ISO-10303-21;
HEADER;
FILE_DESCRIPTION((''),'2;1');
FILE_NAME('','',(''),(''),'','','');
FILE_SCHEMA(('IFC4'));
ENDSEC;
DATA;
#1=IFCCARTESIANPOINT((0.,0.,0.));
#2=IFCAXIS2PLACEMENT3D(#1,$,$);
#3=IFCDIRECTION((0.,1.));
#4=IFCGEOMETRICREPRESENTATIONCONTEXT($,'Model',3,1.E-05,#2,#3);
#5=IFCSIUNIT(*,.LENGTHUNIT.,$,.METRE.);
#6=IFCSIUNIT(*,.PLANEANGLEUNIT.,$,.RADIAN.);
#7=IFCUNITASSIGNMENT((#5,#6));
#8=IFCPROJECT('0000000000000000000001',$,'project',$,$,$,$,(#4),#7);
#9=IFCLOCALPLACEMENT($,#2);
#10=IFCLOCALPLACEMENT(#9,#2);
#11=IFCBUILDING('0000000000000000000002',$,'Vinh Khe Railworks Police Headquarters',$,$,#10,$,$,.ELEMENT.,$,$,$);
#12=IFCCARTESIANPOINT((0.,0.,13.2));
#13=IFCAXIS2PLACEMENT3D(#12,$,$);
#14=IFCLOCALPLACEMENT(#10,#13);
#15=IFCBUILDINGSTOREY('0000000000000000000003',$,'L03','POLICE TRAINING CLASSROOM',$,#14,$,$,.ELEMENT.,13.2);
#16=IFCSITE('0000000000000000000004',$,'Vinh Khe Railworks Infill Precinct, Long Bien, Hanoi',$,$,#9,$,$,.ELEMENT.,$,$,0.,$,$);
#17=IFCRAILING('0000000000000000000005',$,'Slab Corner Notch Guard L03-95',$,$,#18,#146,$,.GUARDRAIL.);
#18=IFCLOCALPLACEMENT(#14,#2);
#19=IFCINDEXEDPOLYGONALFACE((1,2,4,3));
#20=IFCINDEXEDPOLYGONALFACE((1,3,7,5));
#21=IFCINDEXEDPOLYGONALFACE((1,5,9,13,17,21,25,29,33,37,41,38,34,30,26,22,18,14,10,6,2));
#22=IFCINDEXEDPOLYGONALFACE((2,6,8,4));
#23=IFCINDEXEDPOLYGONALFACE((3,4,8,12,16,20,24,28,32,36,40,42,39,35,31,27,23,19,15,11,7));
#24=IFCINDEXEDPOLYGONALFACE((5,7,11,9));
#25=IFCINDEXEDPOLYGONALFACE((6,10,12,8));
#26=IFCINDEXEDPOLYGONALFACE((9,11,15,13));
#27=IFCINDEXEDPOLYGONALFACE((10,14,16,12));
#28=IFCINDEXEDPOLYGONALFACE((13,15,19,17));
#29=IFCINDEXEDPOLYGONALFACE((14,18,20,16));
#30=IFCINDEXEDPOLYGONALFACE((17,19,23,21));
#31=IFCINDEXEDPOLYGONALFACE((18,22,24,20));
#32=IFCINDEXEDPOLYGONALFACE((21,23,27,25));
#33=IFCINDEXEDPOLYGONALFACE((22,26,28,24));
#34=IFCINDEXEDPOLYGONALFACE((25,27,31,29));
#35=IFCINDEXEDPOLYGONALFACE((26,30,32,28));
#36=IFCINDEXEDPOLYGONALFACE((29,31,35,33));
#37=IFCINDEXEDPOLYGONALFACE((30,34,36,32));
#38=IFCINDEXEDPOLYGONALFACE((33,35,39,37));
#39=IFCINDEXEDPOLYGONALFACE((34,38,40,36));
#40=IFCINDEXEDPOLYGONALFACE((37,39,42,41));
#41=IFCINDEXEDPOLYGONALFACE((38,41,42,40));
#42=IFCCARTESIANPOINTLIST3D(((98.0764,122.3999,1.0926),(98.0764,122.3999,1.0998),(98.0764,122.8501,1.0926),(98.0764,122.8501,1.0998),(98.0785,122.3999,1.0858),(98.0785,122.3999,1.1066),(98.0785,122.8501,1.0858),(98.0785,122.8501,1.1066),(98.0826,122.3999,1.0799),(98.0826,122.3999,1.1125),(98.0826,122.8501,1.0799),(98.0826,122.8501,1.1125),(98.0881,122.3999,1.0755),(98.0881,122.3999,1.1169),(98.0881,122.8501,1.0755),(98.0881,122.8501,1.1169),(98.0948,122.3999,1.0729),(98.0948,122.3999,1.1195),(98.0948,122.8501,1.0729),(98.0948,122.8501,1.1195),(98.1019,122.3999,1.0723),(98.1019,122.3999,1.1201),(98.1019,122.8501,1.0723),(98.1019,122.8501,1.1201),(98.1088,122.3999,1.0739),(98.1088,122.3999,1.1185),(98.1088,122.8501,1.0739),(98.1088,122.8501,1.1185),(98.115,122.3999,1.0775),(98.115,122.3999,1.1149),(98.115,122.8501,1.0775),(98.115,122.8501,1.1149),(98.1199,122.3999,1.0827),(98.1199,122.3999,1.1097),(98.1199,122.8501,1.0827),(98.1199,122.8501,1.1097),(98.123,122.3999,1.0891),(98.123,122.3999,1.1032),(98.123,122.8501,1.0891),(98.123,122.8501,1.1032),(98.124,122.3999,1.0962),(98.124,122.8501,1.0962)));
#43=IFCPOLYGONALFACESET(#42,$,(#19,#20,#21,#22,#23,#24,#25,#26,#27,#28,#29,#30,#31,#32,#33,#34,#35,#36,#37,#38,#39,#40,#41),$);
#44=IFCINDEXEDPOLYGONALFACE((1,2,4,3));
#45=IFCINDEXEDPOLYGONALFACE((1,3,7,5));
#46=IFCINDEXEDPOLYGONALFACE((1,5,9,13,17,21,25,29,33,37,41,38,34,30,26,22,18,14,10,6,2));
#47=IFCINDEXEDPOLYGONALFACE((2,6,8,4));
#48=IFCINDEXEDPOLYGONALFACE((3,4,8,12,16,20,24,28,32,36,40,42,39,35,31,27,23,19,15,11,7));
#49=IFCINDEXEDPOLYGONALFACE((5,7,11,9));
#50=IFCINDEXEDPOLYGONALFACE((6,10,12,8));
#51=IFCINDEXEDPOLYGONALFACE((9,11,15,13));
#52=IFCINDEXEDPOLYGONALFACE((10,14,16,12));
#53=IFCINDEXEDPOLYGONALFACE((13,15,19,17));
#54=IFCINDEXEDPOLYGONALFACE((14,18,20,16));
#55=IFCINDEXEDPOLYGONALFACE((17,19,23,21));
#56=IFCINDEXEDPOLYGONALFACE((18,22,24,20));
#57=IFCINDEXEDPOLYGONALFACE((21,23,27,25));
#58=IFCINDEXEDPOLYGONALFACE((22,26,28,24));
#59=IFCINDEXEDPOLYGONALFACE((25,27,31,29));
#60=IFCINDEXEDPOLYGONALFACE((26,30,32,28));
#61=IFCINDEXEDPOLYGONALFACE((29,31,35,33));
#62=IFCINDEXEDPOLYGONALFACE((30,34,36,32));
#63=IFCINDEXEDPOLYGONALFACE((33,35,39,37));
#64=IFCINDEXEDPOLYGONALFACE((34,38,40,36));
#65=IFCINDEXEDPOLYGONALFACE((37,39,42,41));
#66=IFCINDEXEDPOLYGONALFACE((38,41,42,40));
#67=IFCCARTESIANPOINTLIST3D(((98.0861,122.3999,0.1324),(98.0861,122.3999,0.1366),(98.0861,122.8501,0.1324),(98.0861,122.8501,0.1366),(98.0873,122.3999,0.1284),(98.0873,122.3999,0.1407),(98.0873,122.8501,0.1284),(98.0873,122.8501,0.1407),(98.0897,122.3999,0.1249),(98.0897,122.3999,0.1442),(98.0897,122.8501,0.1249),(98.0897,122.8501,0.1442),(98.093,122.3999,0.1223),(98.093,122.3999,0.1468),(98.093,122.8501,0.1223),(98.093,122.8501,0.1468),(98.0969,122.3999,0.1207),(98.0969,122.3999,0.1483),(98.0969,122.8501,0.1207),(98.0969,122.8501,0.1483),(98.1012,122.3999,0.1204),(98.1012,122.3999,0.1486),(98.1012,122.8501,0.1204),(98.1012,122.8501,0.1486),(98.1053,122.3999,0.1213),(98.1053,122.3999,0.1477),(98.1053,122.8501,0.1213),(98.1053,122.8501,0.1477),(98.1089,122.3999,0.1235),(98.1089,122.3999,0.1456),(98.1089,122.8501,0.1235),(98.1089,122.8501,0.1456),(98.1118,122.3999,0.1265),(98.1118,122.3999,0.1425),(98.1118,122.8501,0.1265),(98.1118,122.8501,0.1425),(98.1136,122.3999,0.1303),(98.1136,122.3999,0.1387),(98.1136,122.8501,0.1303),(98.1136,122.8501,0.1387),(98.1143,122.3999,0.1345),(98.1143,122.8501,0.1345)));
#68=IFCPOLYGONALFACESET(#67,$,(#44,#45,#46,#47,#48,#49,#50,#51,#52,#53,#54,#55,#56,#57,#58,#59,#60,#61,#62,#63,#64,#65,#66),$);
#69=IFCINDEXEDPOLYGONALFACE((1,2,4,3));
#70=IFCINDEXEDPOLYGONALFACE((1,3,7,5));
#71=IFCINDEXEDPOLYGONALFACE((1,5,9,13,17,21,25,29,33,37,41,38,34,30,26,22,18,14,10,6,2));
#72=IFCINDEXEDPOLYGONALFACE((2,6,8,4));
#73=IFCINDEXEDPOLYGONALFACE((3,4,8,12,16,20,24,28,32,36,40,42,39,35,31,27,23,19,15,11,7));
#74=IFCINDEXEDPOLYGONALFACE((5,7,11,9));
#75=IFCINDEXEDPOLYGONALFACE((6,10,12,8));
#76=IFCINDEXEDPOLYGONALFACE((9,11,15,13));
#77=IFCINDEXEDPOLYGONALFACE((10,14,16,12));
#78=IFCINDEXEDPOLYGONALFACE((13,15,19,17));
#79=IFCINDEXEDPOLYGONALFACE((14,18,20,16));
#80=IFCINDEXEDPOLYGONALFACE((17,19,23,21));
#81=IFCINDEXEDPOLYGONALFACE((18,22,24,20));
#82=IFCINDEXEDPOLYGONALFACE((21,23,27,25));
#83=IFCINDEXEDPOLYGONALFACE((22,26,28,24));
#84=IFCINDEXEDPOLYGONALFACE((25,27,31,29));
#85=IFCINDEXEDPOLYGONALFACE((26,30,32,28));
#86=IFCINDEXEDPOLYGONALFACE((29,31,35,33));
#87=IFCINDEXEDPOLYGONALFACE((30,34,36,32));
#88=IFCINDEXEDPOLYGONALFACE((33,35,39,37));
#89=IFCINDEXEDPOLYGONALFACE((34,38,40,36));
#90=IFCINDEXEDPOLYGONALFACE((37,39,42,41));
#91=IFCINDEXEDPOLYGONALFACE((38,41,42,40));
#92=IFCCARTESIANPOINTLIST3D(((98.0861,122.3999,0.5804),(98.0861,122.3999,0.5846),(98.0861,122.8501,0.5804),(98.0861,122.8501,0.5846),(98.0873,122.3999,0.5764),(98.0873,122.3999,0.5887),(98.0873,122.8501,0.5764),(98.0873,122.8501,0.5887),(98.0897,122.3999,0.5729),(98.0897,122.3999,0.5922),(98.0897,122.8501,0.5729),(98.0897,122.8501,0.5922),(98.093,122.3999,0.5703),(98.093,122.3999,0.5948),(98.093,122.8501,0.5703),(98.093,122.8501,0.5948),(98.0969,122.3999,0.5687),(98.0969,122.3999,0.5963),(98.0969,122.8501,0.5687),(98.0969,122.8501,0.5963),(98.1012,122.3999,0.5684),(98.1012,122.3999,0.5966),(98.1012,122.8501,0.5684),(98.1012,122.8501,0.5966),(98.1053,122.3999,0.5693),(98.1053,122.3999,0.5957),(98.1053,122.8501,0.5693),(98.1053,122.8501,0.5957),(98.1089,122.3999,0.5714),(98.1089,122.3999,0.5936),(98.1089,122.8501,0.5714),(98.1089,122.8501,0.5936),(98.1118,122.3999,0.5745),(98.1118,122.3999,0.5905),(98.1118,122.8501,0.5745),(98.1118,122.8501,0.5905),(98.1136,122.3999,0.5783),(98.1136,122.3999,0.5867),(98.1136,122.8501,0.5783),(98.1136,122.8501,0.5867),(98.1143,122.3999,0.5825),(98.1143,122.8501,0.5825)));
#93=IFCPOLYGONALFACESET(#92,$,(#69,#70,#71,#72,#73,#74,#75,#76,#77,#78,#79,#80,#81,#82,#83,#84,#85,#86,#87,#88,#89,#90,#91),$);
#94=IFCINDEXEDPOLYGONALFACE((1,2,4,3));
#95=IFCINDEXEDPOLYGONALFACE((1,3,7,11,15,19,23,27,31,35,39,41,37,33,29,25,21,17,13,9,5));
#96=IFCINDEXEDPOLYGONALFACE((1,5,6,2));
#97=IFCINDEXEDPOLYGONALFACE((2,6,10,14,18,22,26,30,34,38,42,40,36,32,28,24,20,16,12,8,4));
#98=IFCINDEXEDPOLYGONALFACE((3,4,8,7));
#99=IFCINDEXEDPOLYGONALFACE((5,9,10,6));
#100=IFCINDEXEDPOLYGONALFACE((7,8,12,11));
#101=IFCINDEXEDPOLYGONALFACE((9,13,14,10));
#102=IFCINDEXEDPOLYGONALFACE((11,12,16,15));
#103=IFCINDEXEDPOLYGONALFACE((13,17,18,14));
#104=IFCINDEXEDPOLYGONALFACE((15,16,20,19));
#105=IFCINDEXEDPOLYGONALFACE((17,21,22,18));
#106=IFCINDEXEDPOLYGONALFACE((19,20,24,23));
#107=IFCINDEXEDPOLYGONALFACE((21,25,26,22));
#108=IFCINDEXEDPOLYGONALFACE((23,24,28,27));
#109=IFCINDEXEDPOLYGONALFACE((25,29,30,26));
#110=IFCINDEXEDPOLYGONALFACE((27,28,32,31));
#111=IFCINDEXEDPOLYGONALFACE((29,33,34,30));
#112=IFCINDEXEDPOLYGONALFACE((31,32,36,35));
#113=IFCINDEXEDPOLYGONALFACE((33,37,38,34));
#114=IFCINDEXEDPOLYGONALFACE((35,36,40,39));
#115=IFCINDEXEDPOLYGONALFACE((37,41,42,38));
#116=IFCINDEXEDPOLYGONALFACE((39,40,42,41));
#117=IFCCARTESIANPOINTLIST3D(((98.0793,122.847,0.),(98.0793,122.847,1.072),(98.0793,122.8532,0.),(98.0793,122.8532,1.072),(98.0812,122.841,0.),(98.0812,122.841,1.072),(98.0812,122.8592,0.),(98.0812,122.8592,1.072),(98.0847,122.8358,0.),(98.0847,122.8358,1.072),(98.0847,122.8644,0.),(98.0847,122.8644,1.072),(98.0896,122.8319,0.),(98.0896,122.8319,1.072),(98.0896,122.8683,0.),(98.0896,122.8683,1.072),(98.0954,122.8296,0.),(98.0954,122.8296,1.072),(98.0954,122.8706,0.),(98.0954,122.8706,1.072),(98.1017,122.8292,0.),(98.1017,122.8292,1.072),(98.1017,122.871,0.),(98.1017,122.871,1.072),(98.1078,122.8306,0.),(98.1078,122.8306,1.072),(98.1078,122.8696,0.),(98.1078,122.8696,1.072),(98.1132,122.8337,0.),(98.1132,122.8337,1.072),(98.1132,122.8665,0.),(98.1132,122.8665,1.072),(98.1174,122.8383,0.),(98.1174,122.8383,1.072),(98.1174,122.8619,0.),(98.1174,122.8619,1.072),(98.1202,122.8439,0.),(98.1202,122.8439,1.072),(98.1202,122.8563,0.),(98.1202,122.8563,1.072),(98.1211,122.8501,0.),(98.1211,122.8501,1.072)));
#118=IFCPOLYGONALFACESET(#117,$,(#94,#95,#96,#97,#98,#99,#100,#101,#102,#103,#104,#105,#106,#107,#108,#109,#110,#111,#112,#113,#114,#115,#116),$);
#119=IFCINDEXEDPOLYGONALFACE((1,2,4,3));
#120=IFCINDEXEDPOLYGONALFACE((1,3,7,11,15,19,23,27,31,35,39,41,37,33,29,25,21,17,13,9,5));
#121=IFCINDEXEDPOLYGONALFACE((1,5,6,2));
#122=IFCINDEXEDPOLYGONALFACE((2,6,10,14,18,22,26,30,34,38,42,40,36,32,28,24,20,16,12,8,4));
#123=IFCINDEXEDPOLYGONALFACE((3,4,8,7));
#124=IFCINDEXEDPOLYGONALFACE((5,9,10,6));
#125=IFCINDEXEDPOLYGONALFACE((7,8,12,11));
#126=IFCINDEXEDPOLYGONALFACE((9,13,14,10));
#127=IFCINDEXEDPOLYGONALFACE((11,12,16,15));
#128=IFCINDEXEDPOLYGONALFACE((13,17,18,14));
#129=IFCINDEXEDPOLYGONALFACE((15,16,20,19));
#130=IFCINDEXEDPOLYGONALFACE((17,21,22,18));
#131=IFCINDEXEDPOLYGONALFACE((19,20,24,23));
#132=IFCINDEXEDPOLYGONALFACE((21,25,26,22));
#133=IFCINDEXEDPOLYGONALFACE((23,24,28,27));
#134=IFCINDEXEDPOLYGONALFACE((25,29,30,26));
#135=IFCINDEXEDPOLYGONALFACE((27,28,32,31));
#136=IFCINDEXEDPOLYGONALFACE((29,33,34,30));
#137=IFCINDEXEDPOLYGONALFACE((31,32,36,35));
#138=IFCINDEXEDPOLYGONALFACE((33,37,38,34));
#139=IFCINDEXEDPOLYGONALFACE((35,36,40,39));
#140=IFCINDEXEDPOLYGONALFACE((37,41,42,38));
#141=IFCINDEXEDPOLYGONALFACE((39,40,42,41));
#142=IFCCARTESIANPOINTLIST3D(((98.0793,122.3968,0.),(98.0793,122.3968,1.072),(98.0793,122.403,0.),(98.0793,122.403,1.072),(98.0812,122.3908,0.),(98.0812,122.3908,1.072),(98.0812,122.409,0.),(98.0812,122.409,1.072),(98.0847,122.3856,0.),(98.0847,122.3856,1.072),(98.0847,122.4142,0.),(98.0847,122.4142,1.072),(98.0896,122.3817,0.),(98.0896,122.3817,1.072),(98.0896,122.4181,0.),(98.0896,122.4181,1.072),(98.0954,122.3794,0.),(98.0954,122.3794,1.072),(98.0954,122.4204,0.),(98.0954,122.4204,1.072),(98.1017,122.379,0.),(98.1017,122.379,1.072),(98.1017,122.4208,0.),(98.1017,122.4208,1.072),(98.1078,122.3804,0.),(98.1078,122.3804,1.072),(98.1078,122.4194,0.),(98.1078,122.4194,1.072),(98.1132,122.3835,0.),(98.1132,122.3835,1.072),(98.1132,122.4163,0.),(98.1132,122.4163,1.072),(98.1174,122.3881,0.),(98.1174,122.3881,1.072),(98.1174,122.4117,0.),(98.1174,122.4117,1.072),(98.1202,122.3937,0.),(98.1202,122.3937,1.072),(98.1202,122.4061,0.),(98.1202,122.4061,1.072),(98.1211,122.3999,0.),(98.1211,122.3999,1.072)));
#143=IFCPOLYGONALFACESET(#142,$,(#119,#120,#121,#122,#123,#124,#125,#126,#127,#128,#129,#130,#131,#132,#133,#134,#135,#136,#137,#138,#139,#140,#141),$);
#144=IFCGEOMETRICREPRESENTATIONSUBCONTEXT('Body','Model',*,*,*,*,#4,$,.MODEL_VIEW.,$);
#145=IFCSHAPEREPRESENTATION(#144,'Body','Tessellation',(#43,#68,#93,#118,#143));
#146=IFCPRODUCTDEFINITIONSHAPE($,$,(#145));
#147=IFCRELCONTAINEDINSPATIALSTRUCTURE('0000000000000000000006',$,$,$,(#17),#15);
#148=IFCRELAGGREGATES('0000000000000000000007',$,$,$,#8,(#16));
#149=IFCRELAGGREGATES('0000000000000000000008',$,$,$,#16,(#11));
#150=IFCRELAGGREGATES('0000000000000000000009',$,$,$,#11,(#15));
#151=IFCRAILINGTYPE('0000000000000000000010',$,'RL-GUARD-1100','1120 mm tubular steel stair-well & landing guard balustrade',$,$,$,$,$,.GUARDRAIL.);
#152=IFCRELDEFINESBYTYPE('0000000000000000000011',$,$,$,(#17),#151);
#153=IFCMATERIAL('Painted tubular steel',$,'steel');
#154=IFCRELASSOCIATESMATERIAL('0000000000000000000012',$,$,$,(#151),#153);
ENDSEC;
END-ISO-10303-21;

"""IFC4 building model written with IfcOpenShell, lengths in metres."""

from ifc_helpers import new_model, si_unit, direction, frame, origin, origin_2d, place, context, subcontext, project, spatial, circle, extrude, material, type_object, element, save


model = new_model("IFC4")

# Units and contexts
model_context = context("Model", 3, precision=1e-05, world=origin(), true_north=direction((0.0, 1.0)))
body_context = subcontext(model_context, "Body", "Model", "MODEL_VIEW")
ifc_project = project(units=[si_unit("LENGTHUNIT", "METRE"), si_unit("PLANEANGLEUNIT", "RADIAN")], contexts=[model_context])

# Site, building, storey
site_placement = place(None, origin())
site = spatial("IfcSite", under=ifc_project, at=site_placement, Name="Vinh Khe Railworks Infill Precinct, Long Bien, Hanoi", CompositionType="ELEMENT", RefElevation=0.0)
building_placement = place(site_placement, origin())
building = spatial("IfcBuilding", under=site, at=building_placement, Name="Vinh Khe Railworks Police Headquarters", CompositionType="ELEMENT")
storey_placement = place(building_placement, frame((0.0, 0.0, 13.2)))
storey = spatial("IfcBuildingStorey", under=building, at=storey_placement, Name="L03", Description="POLICE TRAINING CLASSROOM", CompositionType="ELEMENT", Elevation=13.2)

# Railing
ifc_material_1 = material(Name="Painted tubular steel", Category="steel")
railing_type = type_object("IfcRailingType", Name="RL-GUARD-1100", Description="1120 mm tubular steel stair-well & landing guard balustrade", PredefinedType="GUARDRAIL", material=ifc_material_1)
railing_1_placement = place(storey_placement, frame((98.1001, 122.8501, 0.0)))
element("IfcRailing", 1, at=railing_1_placement, inside=storey, type_object=railing_type, Name="Slab Corner Notch Guard L03-95", PredefinedType="GUARDRAIL", context=body_context, shape_type="SweptSolid", body=[
    extrude(circle(Radius=0.0239, at=origin_2d()), frame((0.0, 0.0, 1.0962), z_axis=(0.0, -1.0, 0.0), x_axis=(1.0, 0.0, 0.0)), (0.0, 0.0, 1.0), 0.4502),
    extrude(circle(Radius=0.0142, at=origin_2d()), frame((0.0, 0.0, 0.1345), z_axis=(0.0, -1.0, 0.0), x_axis=(1.0, 0.0, 0.0)), (0.0, 0.0, 1.0), 0.4502),
    extrude(circle(Radius=0.0142, at=origin_2d()), frame((0.0, 0.0, 0.5825), z_axis=(0.0, -1.0, 0.0), x_axis=(1.0, 0.0, 0.0)), (0.0, 0.0, 1.0), 0.4502),
    extrude(circle(Radius=0.021, at=origin_2d()), origin(), (0.0, 0.0, 1.0), 1.072),
    extrude(circle(Radius=0.021, at=origin_2d()), frame((0.0, -0.4502, 0.0)), (0.0, 0.0, 1.0), 1.072),
])

save(model, "model.ifc")
